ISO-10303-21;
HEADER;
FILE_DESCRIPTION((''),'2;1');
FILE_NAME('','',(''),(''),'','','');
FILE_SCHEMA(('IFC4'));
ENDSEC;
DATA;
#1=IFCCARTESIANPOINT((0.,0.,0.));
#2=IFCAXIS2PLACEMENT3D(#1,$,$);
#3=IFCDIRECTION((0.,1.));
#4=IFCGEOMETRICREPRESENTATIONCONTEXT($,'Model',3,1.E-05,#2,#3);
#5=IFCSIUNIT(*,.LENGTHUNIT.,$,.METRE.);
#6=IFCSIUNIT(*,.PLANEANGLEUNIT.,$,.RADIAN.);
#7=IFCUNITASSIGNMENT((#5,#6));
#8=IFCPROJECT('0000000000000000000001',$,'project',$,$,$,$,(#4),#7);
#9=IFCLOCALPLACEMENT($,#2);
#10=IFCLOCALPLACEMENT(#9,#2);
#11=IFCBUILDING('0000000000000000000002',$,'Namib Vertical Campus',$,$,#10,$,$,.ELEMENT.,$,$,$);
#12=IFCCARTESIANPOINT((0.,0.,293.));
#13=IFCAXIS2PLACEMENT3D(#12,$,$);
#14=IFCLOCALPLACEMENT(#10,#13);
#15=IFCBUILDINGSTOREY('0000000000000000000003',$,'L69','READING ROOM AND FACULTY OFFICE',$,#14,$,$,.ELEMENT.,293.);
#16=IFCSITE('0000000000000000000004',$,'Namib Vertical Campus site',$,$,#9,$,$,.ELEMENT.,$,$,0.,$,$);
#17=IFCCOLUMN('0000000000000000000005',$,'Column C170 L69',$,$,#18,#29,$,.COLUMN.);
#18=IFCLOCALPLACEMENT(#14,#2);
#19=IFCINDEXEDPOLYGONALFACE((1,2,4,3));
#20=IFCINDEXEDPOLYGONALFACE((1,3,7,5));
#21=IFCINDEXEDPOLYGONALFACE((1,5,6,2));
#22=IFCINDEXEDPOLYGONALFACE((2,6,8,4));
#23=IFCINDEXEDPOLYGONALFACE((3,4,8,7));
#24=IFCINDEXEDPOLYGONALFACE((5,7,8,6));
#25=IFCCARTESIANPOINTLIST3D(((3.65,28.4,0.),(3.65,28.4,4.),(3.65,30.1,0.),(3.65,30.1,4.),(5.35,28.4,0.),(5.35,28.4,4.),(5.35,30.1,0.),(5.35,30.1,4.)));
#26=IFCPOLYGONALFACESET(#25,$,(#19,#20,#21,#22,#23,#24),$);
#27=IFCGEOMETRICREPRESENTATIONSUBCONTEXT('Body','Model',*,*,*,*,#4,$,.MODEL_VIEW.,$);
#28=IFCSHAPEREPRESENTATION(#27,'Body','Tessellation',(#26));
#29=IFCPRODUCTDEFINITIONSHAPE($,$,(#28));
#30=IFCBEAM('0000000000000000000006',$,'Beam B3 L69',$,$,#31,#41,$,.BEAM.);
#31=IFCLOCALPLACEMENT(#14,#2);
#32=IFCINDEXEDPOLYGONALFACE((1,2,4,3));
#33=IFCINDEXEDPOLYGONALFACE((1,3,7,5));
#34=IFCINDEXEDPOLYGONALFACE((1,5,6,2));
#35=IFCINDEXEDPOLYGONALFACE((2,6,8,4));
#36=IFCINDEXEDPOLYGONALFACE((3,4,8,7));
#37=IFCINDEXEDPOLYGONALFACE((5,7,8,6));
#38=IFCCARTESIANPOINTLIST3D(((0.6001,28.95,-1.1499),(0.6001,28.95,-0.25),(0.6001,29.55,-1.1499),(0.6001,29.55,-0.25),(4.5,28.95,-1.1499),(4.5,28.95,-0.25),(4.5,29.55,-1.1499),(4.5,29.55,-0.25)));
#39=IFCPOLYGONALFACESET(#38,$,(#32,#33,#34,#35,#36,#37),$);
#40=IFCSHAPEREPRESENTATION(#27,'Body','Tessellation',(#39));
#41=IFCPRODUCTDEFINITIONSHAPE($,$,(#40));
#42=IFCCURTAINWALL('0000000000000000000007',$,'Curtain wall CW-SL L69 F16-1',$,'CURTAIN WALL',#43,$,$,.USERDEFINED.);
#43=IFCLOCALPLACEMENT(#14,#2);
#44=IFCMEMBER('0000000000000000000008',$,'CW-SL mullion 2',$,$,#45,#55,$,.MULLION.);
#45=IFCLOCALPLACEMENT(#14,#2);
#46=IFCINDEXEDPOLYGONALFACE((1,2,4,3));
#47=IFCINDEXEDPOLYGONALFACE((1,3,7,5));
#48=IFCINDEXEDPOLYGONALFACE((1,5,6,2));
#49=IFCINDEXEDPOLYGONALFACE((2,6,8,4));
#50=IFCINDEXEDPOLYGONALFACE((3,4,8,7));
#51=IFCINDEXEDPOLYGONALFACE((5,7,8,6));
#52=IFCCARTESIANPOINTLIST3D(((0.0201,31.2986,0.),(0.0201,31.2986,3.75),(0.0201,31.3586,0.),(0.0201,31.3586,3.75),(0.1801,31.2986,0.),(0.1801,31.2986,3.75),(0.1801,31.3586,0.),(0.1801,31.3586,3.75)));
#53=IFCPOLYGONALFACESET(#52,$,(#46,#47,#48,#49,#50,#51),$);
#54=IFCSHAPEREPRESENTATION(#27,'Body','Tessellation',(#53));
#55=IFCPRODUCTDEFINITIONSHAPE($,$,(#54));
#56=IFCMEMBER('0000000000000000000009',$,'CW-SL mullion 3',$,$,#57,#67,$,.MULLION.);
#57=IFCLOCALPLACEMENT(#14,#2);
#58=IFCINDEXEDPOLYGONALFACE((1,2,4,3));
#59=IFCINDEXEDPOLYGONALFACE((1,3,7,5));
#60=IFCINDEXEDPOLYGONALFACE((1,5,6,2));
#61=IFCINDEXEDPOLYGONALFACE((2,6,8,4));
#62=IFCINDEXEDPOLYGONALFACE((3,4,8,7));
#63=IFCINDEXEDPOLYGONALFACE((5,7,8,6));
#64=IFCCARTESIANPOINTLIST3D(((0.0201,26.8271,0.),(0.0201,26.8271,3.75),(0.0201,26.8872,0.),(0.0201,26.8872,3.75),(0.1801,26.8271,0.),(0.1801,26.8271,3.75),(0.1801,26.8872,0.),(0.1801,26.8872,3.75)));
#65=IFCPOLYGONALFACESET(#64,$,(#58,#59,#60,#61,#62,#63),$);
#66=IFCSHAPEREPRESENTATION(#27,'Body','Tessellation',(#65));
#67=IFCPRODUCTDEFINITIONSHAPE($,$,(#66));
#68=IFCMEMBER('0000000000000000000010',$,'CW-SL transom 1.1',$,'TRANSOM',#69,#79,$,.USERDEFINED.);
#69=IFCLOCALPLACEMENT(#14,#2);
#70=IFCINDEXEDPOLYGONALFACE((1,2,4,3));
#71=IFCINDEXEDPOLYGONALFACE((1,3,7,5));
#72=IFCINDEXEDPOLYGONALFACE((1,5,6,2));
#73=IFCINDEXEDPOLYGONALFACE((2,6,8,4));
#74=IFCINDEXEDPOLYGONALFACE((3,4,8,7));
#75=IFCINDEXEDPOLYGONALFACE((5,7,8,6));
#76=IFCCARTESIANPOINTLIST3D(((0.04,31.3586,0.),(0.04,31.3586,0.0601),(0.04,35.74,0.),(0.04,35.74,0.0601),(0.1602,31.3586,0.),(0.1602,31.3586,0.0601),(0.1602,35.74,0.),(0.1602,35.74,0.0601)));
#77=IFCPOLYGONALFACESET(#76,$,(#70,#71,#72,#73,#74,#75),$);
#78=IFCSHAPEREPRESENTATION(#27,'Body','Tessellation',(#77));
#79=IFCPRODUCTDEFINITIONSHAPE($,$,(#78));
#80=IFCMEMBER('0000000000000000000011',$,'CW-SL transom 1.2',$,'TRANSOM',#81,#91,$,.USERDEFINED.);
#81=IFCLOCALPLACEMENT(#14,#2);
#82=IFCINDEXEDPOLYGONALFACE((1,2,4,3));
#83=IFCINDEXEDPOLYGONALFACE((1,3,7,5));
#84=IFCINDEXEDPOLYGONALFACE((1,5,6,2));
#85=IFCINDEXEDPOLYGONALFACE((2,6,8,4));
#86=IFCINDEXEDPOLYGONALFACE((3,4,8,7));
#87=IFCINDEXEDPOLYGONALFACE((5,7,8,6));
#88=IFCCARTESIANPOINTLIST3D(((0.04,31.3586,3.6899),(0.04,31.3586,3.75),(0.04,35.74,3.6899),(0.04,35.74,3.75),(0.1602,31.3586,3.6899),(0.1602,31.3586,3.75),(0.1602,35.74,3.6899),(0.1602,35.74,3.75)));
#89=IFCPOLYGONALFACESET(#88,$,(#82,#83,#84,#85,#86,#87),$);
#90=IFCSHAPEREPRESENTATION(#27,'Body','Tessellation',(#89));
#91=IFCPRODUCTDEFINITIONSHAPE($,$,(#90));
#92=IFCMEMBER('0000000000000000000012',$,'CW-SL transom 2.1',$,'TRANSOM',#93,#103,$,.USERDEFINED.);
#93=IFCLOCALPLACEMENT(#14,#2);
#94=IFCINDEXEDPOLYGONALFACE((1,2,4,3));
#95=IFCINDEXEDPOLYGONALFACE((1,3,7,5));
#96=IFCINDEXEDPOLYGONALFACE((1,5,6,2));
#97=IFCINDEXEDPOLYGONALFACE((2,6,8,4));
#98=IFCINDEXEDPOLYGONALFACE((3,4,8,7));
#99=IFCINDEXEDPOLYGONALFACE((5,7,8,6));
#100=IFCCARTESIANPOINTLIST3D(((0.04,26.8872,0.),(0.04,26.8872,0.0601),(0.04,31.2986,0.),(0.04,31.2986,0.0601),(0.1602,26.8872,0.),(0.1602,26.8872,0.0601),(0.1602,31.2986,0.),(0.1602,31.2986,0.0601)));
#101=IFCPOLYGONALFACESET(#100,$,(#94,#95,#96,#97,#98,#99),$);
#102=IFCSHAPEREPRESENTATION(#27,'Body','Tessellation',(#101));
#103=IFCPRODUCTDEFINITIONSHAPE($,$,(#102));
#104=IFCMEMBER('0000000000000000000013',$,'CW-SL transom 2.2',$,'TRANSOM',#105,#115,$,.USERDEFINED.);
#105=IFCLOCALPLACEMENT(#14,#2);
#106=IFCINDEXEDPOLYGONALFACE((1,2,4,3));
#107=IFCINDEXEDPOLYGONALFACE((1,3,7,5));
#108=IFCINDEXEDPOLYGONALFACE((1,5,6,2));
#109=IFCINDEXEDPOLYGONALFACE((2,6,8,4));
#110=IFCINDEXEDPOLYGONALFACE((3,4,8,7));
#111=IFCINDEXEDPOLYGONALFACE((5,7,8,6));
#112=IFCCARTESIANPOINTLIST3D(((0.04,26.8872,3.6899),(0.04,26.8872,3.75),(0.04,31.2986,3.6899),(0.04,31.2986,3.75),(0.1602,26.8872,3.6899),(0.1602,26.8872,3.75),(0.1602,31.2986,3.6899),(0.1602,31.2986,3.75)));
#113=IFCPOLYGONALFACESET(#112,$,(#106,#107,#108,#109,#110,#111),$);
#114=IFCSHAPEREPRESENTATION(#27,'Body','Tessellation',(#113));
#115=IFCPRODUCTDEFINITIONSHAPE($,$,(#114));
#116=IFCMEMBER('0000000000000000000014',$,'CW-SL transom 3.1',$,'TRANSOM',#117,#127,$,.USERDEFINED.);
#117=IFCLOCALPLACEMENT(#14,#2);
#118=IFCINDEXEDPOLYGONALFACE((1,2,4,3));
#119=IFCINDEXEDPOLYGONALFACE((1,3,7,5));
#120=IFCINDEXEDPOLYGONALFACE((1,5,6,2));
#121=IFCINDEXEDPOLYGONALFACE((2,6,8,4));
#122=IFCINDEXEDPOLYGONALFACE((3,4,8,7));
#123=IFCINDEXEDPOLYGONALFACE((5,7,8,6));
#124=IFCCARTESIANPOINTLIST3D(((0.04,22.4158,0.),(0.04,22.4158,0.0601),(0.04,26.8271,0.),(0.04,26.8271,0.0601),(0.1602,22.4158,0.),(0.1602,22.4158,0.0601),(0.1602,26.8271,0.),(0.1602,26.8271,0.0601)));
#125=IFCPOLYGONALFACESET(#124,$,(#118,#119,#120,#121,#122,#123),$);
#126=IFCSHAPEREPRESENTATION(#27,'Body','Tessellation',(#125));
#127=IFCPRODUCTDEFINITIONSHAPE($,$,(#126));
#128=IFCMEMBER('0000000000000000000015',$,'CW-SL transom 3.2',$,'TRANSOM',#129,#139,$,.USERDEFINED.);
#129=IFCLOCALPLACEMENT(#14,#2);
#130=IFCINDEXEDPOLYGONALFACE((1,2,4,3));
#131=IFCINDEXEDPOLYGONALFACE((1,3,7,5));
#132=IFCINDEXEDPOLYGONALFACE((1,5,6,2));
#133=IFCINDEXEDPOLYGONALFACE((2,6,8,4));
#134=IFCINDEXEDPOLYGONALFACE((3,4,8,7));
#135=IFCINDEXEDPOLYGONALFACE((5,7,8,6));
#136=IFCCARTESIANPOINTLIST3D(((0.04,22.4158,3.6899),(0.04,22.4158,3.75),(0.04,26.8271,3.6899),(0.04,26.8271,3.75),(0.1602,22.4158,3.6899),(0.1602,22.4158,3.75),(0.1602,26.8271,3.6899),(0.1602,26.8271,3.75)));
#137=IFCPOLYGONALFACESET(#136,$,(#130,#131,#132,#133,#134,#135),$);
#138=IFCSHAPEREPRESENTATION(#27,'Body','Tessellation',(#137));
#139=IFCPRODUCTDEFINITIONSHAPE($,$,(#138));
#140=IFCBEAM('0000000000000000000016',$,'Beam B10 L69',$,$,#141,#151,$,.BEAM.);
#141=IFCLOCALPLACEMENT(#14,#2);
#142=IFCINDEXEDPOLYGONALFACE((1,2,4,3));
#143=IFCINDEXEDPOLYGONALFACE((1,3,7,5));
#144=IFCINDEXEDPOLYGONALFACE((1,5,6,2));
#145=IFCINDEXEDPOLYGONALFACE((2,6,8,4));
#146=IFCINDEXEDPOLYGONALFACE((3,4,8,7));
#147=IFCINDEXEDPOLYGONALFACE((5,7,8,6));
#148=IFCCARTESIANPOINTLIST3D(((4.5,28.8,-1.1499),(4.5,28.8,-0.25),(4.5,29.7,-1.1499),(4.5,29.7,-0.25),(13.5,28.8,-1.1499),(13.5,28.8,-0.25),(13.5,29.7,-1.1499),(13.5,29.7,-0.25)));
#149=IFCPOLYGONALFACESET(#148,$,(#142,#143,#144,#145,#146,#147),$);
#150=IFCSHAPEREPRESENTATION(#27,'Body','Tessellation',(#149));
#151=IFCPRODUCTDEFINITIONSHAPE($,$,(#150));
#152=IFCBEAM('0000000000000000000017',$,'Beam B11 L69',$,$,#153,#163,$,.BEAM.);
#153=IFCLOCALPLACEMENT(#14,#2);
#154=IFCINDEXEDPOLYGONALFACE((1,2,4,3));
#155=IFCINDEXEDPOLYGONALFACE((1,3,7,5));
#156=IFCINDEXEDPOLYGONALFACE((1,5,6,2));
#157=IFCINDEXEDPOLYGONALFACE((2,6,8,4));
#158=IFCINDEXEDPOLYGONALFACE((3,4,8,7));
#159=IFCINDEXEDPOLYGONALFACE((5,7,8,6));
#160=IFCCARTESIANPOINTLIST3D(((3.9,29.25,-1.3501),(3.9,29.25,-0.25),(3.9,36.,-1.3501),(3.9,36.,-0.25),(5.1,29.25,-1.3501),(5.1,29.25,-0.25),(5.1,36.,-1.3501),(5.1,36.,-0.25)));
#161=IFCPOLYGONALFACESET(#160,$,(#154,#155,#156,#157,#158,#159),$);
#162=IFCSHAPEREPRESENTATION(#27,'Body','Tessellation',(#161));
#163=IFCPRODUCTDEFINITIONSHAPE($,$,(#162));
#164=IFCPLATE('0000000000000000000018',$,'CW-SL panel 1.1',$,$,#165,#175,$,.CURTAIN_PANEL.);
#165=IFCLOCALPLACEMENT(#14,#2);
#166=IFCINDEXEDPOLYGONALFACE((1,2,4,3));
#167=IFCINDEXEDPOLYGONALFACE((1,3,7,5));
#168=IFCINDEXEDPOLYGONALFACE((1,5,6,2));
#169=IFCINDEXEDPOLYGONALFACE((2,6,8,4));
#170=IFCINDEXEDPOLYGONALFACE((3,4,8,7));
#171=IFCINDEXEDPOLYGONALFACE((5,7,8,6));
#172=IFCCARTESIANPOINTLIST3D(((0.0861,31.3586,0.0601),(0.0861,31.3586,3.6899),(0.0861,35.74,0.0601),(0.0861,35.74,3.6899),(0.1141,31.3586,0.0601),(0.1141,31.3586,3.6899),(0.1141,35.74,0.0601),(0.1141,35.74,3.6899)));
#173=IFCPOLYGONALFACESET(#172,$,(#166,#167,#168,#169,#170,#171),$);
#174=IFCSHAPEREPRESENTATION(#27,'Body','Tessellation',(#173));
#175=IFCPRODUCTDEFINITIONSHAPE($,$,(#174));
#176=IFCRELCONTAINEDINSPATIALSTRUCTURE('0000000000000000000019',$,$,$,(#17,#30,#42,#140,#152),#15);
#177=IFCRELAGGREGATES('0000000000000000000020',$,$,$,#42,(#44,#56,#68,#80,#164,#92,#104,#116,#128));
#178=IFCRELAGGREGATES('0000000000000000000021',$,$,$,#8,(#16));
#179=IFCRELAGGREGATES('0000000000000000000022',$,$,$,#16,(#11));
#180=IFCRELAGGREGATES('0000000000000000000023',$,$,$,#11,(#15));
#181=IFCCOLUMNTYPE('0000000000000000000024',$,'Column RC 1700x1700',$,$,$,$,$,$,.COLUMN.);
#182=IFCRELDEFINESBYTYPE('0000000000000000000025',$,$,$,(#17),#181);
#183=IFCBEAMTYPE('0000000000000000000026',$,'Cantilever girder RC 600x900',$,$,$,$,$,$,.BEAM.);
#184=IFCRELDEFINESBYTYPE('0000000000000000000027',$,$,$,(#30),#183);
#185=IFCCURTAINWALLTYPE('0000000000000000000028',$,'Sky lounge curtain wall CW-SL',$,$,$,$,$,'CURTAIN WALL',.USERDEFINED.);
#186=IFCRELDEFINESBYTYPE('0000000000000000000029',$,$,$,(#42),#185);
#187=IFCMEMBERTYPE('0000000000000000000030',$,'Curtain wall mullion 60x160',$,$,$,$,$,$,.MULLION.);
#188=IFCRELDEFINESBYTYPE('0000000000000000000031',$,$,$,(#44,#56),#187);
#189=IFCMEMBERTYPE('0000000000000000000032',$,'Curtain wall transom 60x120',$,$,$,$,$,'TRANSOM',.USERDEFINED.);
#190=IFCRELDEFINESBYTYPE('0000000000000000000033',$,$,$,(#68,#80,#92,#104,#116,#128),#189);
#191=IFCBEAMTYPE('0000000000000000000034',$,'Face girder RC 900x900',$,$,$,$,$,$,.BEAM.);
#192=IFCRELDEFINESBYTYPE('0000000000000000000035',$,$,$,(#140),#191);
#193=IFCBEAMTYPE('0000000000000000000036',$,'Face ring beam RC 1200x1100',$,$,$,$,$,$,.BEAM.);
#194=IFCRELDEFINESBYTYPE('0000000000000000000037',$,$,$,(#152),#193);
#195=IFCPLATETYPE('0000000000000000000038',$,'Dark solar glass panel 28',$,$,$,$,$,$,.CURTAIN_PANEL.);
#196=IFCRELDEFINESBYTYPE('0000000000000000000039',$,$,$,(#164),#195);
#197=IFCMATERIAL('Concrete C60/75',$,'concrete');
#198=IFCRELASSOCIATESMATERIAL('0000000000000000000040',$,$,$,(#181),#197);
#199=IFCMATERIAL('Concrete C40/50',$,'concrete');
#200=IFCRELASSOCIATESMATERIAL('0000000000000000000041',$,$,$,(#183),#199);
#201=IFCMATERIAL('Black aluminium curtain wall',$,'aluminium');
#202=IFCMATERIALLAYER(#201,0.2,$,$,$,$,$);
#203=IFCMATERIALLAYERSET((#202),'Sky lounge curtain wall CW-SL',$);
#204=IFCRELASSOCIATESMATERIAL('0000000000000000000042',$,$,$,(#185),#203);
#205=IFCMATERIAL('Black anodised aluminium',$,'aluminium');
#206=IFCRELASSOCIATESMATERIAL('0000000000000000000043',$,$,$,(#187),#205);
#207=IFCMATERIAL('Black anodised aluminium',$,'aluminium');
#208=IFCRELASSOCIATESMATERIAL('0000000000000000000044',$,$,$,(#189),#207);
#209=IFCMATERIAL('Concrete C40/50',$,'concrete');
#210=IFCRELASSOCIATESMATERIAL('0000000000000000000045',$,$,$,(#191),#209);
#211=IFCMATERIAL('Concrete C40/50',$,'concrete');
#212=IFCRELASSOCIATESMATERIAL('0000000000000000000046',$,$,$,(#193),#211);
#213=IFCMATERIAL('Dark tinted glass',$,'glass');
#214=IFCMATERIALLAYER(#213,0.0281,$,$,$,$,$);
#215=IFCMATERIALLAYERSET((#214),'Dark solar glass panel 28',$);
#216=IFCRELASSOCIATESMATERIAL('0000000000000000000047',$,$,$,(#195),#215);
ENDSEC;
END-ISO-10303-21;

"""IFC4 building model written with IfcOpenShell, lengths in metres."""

from ifc_helpers import new_model, si_unit, direction, frame, origin, origin_2d, place, context, subcontext, project, spatial, rectangle, extrude, material, layer, layer_set, material_profile, profile_set, type_object, element, aggregate, save


model = new_model("IFC4")

# Units and contexts
model_context = context("Model", 3, precision=1e-05, world=origin(), true_north=direction((0.0, 1.0)))
body_context = subcontext(model_context, "Body", "Model", "MODEL_VIEW")
ifc_project = project(units=[si_unit("LENGTHUNIT", "METRE"), si_unit("PLANEANGLEUNIT", "RADIAN")], contexts=[model_context])

# Site, building, storey
site_placement = place(None, origin())
site = spatial("IfcSite", under=ifc_project, at=site_placement, Name="Namib Vertical Campus site", CompositionType="ELEMENT", RefElevation=0.0)
building_placement = place(site_placement, origin())
building = spatial("IfcBuilding", under=site, at=building_placement, Name="Namib Vertical Campus", CompositionType="ELEMENT")
storey_placement = place(building_placement, frame((0.0, 0.0, 293.0)))
storey = spatial("IfcBuildingStorey", under=building, at=storey_placement, Name="L69", Description="READING ROOM AND FACULTY OFFICE", CompositionType="ELEMENT", Elevation=293.0)

# Column
ifc_material_1 = material(Name="Concrete C60/75", Category="concrete")
ifc_material_profile_1 = material_profile(ifc_material_1, rectangle(XDim=1.7, YDim=1.7, at=origin_2d()))
ifc_profile_set_1 = profile_set([ifc_material_profile_1], Name="Concrete C60/75")
column_type = type_object("IfcColumnType", Name="Column RC 1700x1700", PredefinedType="COLUMN", material=ifc_profile_set_1)
column_placement = place(storey_placement, frame((4.5, 29.25, 0.0), z_axis=(0.0, 0.0, 1.0), x_axis=(1.0, 0.0, 0.0)))
element("IfcColumn", 1, at=column_placement, inside=storey, type_object=column_type, Name="Column C170 L69", PredefinedType="COLUMN", context=body_context, shape_type="SweptSolid", body=[
    extrude(rectangle(XDim=1.7, YDim=1.7, at=origin_2d()), origin(), (0.0, 0.0, 1.0), 4.0),
])

# Beam
ifc_material_2 = material(Name="Concrete C40/50", Category="concrete")
ifc_material_profile_2 = material_profile(ifc_material_2, rectangle(XDim=0.6001, YDim=0.8999, at=origin_2d()))
ifc_profile_set_2 = profile_set([ifc_material_profile_2], Name="Concrete C40/50")
beam_type_1 = type_object("IfcBeamType", Name="Cantilever girder RC 600x900", PredefinedType="BEAM", material=ifc_profile_set_2)
beam_1_placement = place(storey_placement, frame((4.5, 29.25, -0.7), z_axis=(-1.0, 0.0, 0.0), x_axis=(0.0, -1.0, 0.0)))
element("IfcBeam", 2, at=beam_1_placement, inside=storey, type_object=beam_type_1, Name="Beam B3 L69", PredefinedType="BEAM", context=body_context, shape_type="SweptSolid", body=[
    extrude(rectangle(XDim=0.6001, YDim=0.8999, at=origin_2d()), origin(), (0.0, 0.0, 1.0), 3.8999),
])

# Curtain wall, members
ifc_material_3 = material(Name="Black aluminium curtain wall", Category="aluminium")
ifc_layer_1 = layer(ifc_material_3, 0.2)
ifc_layer_set_1 = layer_set([ifc_layer_1], Name="Sky lounge curtain wall CW-SL")
curtain_wall_type = type_object("IfcCurtainWallType", Name="Sky lounge curtain wall CW-SL", ElementType="CURTAIN WALL", PredefinedType="USERDEFINED", material=ifc_layer_set_1)
curtain_wall_placement = place(storey_placement, origin())
curtain_wall = element("IfcCurtainWall", 3, at=curtain_wall_placement, inside=storey, type_object=curtain_wall_type, Name="Curtain wall CW-SL L69 F16-1", ObjectType="CURTAIN WALL", PredefinedType="USERDEFINED")
ifc_material_4 = material(Name="Black anodised aluminium", Category="aluminium")
ifc_material_profile_3 = material_profile(ifc_material_4, rectangle(XDim=0.0601, YDim=0.1599, at=origin_2d()))
ifc_profile_set_3 = profile_set([ifc_material_profile_3], Name="Black anodised aluminium")
member_type_1 = type_object("IfcMemberType", Name="Curtain wall mullion 60x160", PredefinedType="MULLION", material=ifc_profile_set_3)
member_1_placement = place(storey_placement, frame((0.1001, 31.3286, 0.0), z_axis=(0.0, 0.0, 1.0), x_axis=(0.0, -1.0, 0.0)))
member_1 = element("IfcMember", 4, at=member_1_placement, type_object=member_type_1, Name="CW-SL mullion 2", PredefinedType="MULLION", context=body_context, shape_type="SweptSolid", body=[
    extrude(rectangle(XDim=0.0601, YDim=0.1599, at=origin_2d()), origin(), (0.0, 0.0, 1.0), 3.75),
])
member_2_placement = place(storey_placement, frame((0.1001, 26.8572, 0.0), z_axis=(0.0, 0.0, 1.0), x_axis=(0.0, -1.0, 0.0)))
member_2 = element("IfcMember", 5, at=member_2_placement, type_object=member_type_1, Name="CW-SL mullion 3", PredefinedType="MULLION", context=body_context, shape_type="SweptSolid", body=[
    extrude(rectangle(XDim=0.0601, YDim=0.1599, at=origin_2d()), origin(), (0.0, 0.0, 1.0), 3.75),
])
ifc_material_5 = material(Name="Black anodised aluminium", Category="aluminium")
ifc_material_profile_4 = material_profile(ifc_material_5, rectangle(XDim=0.0601, YDim=0.1201, at=origin_2d()))
ifc_profile_set_4 = profile_set([ifc_material_profile_4], Name="Black anodised aluminium")
member_type_2 = type_object("IfcMemberType", Name="Curtain wall transom 60x120", ElementType="TRANSOM", PredefinedType="USERDEFINED", material=ifc_profile_set_4)
member_3_placement = place(storey_placement, frame((0.1001, 35.74, 0.03), z_axis=(0.0, -1.0, 0.0), x_axis=(0.0, 0.0, 1.0)))
member_3 = element("IfcMember", 6, at=member_3_placement, type_object=member_type_2, Name="CW-SL transom 1.1", ObjectType="TRANSOM", PredefinedType="USERDEFINED", context=body_context, shape_type="SweptSolid", body=[
    extrude(rectangle(XDim=0.0601, YDim=0.1201, at=origin_2d()), origin(), (0.0, 0.0, 1.0), 4.3813),
])
member_4_placement = place(storey_placement, frame((0.1001, 35.74, 3.72), z_axis=(0.0, -1.0, 0.0), x_axis=(0.0, 0.0, 1.0)))
member_4 = element("IfcMember", 7, at=member_4_placement, type_object=member_type_2, Name="CW-SL transom 1.2", ObjectType="TRANSOM", PredefinedType="USERDEFINED", context=body_context, shape_type="SweptSolid", body=[
    extrude(rectangle(XDim=0.0601, YDim=0.1201, at=origin_2d()), origin(), (0.0, 0.0, 1.0), 4.3813),
])
member_5_placement = place(storey_placement, frame((0.1001, 31.2986, 0.03), z_axis=(0.0, -1.0, 0.0), x_axis=(0.0, 0.0, 1.0)))
member_5 = element("IfcMember", 8, at=member_5_placement, type_object=member_type_2, Name="CW-SL transom 2.1", ObjectType="TRANSOM", PredefinedType="USERDEFINED", context=body_context, shape_type="SweptSolid", body=[
    extrude(rectangle(XDim=0.0601, YDim=0.1201, at=origin_2d()), origin(), (0.0, 0.0, 1.0), 4.4114),
])
member_6_placement = place(storey_placement, frame((0.1001, 31.2986, 3.72), z_axis=(0.0, -1.0, 0.0), x_axis=(0.0, 0.0, 1.0)))
member_6 = element("IfcMember", 9, at=member_6_placement, type_object=member_type_2, Name="CW-SL transom 2.2", ObjectType="TRANSOM", PredefinedType="USERDEFINED", context=body_context, shape_type="SweptSolid", body=[
    extrude(rectangle(XDim=0.0601, YDim=0.1201, at=origin_2d()), origin(), (0.0, 0.0, 1.0), 4.4114),
])
member_7_placement = place(storey_placement, frame((0.1001, 26.8271, 0.03), z_axis=(0.0, -1.0, 0.0), x_axis=(0.0, 0.0, 1.0)))
member_7 = element("IfcMember", 10, at=member_7_placement, type_object=member_type_2, Name="CW-SL transom 3.1", ObjectType="TRANSOM", PredefinedType="USERDEFINED", context=body_context, shape_type="SweptSolid", body=[
    extrude(rectangle(XDim=0.0601, YDim=0.1201, at=origin_2d()), origin(), (0.0, 0.0, 1.0), 4.4114),
])
member_8_placement = place(storey_placement, frame((0.1001, 26.8271, 3.72), z_axis=(0.0, -1.0, 0.0), x_axis=(0.0, 0.0, 1.0)))
member_8 = element("IfcMember", 11, at=member_8_placement, type_object=member_type_2, Name="CW-SL transom 3.2", ObjectType="TRANSOM", PredefinedType="USERDEFINED", context=body_context, shape_type="SweptSolid", body=[
    extrude(rectangle(XDim=0.0601, YDim=0.1201, at=origin_2d()), origin(), (0.0, 0.0, 1.0), 4.4114),
])

# Beams
ifc_material_6 = material(Name="Concrete C40/50", Category="concrete")
ifc_material_profile_5 = material_profile(ifc_material_6, rectangle(XDim=0.8999, YDim=0.8999, at=origin_2d()))
ifc_profile_set_5 = profile_set([ifc_material_profile_5], Name="Concrete C40/50")
beam_type_2 = type_object("IfcBeamType", Name="Face girder RC 900x900", PredefinedType="BEAM", material=ifc_profile_set_5)
beam_2_placement = place(storey_placement, frame((4.5, 29.25, -0.7), z_axis=(1.0, 0.0, 0.0), x_axis=(0.0, 1.0, 0.0)))
element("IfcBeam", 12, at=beam_2_placement, inside=storey, type_object=beam_type_2, Name="Beam B10 L69", PredefinedType="BEAM", context=body_context, shape_type="SweptSolid", body=[
    extrude(rectangle(XDim=0.8999, YDim=0.8999, at=origin_2d()), origin(), (0.0, 0.0, 1.0), 9.0),
])
ifc_material_7 = material(Name="Concrete C40/50", Category="concrete")
ifc_material_profile_6 = material_profile(ifc_material_7, rectangle(XDim=1.2, YDim=1.1001, at=origin_2d()))
ifc_profile_set_6 = profile_set([ifc_material_profile_6], Name="Concrete C40/50")
beam_type_3 = type_object("IfcBeamType", Name="Face ring beam RC 1200x1100", PredefinedType="BEAM", material=ifc_profile_set_6)
beam_3_placement = place(storey_placement, frame((4.5, 29.25, -0.8), z_axis=(0.0, 1.0, 0.0), x_axis=(-1.0, 0.0, 0.0)))
element("IfcBeam", 13, at=beam_3_placement, inside=storey, type_object=beam_type_3, Name="Beam B11 L69", PredefinedType="BEAM", context=body_context, shape_type="SweptSolid", body=[
    extrude(rectangle(XDim=1.2, YDim=1.1001, at=origin_2d()), origin(), (0.0, 0.0, 1.0), 6.75),
])

# Plate
ifc_material_8 = material(Name="Dark tinted glass", Category="glass")
ifc_layer_2 = layer(ifc_material_8, 0.0281)
ifc_layer_set_2 = layer_set([ifc_layer_2], Name="Dark solar glass panel 28")
plate_type = type_object("IfcPlateType", Name="Dark solar glass panel 28", PredefinedType="CURTAIN_PANEL", material=ifc_layer_set_2)
plate_1_placement = place(storey_placement, frame((0.1001, 33.5493, 0.0601), z_axis=(0.0, 0.0, 1.0), x_axis=(0.0, -1.0, 0.0)))
plate_1 = element("IfcPlate", 14, at=plate_1_placement, type_object=plate_type, Name="CW-SL panel 1.1", PredefinedType="CURTAIN_PANEL", context=body_context, shape_type="SweptSolid", body=[
    extrude(rectangle(XDim=4.3813, YDim=0.0281, at=origin_2d()), origin(), (0.0, 0.0, 1.0), 3.6299),
])
aggregate(curtain_wall, [member_1, member_2, member_3, member_4, plate_1, member_5, member_6, member_7, member_8])

save(model, "model.ifc")
